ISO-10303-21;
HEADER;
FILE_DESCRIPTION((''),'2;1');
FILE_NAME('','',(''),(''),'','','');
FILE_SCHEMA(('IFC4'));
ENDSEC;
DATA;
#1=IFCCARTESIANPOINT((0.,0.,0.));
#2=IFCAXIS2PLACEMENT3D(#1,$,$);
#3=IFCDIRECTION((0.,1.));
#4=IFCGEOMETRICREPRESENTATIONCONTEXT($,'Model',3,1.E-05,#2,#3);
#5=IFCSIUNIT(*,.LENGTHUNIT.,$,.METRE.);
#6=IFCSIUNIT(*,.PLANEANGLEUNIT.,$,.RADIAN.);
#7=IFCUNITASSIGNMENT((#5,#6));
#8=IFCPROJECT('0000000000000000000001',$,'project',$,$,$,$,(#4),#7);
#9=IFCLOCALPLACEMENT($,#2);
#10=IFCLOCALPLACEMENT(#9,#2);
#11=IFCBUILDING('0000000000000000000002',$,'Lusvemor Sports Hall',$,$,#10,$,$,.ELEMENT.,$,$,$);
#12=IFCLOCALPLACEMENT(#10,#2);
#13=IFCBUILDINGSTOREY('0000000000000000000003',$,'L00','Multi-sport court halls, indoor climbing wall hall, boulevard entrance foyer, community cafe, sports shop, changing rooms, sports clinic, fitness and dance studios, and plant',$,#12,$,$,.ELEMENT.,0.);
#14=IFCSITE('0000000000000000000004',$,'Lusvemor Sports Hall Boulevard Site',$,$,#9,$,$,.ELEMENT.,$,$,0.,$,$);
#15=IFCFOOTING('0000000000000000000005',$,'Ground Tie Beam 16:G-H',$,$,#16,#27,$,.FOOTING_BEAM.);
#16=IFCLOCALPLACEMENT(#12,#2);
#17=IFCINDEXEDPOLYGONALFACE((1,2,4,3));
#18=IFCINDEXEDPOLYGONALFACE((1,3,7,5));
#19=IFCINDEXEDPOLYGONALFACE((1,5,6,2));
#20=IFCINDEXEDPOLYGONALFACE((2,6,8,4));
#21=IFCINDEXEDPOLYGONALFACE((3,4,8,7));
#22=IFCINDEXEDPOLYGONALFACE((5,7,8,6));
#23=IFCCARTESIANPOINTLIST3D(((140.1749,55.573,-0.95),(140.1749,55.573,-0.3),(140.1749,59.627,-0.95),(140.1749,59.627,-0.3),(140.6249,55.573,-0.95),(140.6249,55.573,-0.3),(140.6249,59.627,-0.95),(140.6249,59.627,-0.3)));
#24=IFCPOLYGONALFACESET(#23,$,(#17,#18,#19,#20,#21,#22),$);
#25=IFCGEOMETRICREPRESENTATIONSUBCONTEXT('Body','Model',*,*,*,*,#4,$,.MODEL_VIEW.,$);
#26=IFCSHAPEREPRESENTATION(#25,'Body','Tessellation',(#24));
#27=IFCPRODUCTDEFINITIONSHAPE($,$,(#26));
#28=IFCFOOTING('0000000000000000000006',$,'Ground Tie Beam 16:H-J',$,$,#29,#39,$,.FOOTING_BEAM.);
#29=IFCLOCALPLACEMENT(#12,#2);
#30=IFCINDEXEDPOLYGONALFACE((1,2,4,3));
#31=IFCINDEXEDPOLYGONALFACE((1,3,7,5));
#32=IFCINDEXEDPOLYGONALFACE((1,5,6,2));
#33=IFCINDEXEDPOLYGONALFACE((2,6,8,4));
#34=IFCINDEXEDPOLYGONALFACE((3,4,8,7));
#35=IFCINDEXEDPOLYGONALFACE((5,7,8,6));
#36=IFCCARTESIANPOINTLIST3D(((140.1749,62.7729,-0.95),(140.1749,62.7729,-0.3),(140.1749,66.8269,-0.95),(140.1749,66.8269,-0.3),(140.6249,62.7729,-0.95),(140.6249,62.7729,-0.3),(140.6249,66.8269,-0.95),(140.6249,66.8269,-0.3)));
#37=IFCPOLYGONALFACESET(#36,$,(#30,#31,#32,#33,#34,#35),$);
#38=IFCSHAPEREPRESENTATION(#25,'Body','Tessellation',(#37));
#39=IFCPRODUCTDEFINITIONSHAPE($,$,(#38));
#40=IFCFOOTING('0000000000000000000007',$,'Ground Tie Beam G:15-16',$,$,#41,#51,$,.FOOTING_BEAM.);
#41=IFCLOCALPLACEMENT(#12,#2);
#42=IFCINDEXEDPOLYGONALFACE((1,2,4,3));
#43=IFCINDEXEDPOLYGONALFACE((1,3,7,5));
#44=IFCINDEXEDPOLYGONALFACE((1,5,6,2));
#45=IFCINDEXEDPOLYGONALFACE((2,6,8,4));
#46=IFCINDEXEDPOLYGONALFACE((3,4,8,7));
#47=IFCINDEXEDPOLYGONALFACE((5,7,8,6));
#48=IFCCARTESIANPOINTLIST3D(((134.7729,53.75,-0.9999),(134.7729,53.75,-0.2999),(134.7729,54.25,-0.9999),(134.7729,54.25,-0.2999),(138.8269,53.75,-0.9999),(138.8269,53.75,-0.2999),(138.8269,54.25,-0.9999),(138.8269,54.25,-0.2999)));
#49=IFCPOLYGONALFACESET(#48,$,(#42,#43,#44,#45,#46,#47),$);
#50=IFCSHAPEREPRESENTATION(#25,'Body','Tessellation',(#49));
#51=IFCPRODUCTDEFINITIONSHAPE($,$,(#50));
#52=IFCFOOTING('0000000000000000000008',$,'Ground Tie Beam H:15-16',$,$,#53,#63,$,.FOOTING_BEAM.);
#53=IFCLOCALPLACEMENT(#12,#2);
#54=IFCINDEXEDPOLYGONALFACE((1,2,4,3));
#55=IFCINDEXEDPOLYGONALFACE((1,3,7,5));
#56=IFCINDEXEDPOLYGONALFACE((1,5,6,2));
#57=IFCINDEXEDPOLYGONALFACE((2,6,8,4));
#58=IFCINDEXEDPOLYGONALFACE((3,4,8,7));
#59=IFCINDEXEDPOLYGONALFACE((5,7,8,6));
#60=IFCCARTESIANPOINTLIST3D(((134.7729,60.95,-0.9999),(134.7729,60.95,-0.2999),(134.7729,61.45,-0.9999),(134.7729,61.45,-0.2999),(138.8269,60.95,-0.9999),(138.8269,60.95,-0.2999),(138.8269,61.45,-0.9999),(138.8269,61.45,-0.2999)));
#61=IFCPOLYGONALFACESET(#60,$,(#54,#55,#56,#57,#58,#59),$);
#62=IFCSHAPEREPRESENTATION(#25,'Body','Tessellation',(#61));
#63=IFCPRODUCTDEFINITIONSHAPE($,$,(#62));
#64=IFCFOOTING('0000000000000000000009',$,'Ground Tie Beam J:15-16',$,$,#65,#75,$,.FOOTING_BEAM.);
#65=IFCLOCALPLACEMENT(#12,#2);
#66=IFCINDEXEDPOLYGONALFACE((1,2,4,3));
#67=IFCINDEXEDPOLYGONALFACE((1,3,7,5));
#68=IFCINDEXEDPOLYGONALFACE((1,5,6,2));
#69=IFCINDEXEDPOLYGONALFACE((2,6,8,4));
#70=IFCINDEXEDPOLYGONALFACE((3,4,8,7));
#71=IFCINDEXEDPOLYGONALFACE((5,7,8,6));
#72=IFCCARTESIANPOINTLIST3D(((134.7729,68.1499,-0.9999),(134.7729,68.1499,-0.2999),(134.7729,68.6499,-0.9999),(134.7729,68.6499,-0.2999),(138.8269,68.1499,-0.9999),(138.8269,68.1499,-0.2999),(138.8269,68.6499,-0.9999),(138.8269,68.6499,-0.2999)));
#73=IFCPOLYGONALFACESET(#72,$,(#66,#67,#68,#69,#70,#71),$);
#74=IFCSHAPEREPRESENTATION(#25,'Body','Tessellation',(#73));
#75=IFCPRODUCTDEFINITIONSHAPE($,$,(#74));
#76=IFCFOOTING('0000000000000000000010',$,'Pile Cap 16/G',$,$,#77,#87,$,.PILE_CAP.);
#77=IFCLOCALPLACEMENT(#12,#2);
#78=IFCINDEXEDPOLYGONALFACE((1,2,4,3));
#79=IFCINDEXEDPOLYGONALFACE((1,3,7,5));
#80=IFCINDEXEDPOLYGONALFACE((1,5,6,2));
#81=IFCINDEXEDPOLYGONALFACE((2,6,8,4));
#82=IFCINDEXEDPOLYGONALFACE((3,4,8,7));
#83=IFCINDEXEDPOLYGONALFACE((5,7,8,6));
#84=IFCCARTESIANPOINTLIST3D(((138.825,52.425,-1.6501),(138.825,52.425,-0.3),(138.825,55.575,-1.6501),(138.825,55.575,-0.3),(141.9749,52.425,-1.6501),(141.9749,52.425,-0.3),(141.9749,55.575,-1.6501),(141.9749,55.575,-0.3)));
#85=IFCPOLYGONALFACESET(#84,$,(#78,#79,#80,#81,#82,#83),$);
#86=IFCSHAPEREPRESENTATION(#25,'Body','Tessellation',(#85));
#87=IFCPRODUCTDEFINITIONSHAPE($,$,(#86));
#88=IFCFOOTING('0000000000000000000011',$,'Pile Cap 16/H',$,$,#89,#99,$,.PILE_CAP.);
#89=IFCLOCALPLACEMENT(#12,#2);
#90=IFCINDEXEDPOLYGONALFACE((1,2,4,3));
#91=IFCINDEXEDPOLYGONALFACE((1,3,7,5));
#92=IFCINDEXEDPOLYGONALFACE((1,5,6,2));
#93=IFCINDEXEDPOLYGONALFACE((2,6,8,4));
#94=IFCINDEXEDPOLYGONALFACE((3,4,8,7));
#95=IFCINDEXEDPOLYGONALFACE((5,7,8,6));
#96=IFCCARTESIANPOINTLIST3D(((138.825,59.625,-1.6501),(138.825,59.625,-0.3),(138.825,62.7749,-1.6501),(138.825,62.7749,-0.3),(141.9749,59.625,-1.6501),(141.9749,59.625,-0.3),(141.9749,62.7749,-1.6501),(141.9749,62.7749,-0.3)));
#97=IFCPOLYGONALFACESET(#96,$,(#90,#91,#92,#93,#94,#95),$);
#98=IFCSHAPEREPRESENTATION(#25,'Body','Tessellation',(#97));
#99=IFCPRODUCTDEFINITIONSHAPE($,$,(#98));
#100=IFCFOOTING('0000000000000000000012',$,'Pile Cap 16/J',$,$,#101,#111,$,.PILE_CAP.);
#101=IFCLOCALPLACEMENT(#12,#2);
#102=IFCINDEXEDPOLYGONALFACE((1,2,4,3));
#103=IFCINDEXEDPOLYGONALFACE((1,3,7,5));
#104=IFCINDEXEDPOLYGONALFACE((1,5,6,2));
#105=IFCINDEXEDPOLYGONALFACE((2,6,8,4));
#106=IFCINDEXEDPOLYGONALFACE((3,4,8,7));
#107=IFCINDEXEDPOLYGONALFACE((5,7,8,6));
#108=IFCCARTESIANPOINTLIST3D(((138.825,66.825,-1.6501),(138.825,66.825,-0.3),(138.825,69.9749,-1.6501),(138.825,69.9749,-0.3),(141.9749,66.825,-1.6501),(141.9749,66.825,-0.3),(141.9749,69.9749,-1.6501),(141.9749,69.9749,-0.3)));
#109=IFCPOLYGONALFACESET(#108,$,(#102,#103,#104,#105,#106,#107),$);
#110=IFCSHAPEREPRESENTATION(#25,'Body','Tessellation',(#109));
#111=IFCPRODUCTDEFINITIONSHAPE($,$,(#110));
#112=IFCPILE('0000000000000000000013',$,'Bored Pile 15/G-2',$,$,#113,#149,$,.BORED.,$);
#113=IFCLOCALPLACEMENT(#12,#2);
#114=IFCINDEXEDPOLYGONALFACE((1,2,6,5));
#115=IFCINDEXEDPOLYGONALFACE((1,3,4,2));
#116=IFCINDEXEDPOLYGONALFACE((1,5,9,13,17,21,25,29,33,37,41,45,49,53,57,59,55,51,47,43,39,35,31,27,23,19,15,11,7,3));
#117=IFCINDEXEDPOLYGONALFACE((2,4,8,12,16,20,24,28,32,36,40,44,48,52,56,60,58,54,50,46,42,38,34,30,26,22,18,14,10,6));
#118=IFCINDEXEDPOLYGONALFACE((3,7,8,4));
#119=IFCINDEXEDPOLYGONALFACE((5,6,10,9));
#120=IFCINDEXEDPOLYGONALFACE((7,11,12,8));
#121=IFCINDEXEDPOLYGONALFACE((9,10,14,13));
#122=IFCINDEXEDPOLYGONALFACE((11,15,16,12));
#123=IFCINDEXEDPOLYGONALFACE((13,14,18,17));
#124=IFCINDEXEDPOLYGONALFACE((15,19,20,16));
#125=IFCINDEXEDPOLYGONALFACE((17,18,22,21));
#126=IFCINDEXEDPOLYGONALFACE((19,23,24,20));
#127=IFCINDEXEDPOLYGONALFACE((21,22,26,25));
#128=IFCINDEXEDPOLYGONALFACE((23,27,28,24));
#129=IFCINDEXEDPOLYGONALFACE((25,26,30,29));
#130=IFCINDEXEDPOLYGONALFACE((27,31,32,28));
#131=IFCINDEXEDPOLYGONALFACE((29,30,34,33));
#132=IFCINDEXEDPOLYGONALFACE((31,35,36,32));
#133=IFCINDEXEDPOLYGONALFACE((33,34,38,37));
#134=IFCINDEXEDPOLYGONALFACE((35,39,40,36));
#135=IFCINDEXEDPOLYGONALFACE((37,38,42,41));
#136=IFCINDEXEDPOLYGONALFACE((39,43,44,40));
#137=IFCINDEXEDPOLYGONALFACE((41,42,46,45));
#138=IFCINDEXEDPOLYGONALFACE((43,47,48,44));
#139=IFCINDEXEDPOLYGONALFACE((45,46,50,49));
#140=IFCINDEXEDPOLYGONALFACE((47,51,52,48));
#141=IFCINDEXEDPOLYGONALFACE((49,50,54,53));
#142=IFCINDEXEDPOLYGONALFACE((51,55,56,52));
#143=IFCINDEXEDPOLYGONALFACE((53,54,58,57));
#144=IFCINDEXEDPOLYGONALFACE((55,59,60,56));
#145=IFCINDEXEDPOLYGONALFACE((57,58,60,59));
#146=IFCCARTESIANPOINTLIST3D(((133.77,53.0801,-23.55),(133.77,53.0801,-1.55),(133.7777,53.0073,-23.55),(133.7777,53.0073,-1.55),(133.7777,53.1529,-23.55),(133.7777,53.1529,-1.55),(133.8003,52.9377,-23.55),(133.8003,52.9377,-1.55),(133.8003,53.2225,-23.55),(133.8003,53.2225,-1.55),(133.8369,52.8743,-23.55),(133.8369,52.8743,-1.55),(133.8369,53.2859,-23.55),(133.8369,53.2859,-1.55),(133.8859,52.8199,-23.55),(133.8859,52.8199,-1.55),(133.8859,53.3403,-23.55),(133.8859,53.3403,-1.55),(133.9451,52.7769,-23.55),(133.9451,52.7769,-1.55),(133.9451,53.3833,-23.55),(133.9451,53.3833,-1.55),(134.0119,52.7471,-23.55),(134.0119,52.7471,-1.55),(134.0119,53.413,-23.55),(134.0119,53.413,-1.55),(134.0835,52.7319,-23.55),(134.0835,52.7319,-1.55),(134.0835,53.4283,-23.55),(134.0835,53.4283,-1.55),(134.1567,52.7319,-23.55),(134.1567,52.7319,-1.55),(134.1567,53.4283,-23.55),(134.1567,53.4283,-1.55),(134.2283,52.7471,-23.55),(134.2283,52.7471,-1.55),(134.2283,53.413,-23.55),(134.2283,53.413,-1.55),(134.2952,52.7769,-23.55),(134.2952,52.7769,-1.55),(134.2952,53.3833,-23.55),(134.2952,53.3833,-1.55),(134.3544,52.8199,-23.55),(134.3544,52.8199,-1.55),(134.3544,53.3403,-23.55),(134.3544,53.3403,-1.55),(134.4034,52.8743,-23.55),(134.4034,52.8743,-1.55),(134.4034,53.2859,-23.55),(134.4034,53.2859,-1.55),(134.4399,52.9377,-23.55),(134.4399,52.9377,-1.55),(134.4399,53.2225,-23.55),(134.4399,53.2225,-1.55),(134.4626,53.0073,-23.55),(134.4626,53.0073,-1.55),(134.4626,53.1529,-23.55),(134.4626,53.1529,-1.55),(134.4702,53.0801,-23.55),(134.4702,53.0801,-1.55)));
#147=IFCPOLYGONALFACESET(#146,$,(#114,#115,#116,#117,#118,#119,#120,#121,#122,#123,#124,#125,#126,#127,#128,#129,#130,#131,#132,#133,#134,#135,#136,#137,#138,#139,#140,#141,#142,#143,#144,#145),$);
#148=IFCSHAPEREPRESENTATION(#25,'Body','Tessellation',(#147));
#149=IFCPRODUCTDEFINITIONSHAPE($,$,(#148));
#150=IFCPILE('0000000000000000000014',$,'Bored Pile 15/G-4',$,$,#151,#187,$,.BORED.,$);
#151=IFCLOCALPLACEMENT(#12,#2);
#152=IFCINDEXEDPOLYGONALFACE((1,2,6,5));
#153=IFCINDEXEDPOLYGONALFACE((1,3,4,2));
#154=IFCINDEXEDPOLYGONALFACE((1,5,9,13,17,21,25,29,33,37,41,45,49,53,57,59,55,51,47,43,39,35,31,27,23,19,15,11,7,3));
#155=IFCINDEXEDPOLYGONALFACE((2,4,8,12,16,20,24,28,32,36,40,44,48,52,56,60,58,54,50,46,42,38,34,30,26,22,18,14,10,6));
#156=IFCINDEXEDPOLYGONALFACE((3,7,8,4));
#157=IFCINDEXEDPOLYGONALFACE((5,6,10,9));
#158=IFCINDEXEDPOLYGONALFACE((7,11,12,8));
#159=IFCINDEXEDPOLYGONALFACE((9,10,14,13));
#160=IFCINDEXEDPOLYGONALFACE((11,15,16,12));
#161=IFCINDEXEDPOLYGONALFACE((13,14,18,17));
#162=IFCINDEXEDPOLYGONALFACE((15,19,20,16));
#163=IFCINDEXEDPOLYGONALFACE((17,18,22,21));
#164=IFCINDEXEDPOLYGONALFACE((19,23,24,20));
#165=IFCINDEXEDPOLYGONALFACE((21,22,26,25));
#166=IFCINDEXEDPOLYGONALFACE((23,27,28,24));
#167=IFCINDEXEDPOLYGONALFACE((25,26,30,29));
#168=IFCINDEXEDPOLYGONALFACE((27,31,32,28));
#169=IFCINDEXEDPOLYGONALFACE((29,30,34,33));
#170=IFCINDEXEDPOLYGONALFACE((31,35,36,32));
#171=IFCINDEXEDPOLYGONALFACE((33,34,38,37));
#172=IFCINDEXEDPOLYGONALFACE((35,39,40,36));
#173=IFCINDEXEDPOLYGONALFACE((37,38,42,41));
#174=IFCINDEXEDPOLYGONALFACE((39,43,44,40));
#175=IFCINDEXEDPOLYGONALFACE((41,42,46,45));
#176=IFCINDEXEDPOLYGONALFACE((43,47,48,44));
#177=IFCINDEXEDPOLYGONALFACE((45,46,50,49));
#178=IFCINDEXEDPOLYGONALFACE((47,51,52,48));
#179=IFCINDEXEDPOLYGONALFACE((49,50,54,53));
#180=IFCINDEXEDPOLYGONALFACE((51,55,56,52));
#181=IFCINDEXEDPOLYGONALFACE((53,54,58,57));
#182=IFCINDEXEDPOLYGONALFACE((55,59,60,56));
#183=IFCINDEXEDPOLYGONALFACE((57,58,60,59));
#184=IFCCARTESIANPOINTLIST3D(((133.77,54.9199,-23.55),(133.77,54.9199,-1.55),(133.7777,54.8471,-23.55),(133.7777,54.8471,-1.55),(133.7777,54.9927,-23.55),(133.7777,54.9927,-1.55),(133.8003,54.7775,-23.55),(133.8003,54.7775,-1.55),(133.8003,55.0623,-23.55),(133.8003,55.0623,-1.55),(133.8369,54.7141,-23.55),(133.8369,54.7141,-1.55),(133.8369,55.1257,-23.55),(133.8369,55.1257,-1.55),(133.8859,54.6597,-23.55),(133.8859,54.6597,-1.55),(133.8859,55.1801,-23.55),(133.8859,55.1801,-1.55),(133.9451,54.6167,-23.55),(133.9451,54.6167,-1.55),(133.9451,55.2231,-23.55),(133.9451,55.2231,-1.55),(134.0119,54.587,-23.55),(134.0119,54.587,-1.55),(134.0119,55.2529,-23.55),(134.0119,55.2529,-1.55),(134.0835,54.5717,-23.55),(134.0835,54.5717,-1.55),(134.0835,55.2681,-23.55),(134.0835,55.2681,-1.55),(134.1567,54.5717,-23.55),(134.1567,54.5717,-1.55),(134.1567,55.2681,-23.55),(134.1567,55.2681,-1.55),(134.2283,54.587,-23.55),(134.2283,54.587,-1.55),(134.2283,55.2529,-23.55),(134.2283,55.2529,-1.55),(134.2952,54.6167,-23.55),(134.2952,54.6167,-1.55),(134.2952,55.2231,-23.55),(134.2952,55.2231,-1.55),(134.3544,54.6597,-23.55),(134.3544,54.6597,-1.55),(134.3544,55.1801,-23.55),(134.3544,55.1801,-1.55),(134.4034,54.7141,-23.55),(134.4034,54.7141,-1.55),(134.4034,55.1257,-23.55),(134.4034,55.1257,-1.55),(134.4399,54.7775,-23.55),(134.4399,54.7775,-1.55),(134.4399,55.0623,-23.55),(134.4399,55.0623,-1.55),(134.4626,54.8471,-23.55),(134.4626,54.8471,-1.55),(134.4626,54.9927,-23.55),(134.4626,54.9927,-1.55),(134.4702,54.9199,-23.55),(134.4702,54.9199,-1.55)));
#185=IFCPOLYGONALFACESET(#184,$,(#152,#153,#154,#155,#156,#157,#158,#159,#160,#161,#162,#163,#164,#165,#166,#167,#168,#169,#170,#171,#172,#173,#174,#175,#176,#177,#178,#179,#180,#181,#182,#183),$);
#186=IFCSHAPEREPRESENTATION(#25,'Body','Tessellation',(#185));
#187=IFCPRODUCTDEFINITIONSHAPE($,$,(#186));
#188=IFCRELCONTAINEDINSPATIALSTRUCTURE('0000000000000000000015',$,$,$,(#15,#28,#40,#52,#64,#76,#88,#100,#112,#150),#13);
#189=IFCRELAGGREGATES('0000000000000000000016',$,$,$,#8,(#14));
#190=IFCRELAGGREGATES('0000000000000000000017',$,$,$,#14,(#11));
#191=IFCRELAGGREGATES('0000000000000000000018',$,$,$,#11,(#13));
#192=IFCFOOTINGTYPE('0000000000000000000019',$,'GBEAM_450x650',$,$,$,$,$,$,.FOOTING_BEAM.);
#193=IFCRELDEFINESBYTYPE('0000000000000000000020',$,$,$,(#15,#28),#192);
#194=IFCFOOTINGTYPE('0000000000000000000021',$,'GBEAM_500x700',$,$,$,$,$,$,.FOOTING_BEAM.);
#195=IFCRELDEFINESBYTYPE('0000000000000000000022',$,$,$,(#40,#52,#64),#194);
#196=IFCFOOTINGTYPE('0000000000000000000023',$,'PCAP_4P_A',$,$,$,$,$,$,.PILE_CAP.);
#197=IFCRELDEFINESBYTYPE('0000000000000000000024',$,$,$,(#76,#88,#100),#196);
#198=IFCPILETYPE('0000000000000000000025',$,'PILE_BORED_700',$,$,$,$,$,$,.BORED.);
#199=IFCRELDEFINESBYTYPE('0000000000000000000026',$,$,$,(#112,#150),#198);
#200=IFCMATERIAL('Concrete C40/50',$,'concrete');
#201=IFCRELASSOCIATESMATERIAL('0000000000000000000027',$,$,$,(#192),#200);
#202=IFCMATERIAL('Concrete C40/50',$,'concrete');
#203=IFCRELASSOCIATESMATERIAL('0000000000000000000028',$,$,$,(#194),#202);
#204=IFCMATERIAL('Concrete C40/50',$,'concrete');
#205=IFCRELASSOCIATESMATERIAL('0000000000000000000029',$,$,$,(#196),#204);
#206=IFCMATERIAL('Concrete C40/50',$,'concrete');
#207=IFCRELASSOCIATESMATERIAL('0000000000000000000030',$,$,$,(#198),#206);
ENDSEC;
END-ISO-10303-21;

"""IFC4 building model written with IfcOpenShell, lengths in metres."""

from ifc_helpers import new_model, si_unit, direction, frame, origin, origin_2d, place, context, subcontext, project, spatial, rectangle, circle, extrude, material, material_profile, profile_set, type_object, element, save


model = new_model("IFC4")

# Units and contexts
model_context = context("Model", 3, precision=1e-05, world=origin(), true_north=direction((0.0, 1.0)))
body_context = subcontext(model_context, "Body", "Model", "MODEL_VIEW")
ifc_project = project(units=[si_unit("LENGTHUNIT", "METRE"), si_unit("PLANEANGLEUNIT", "RADIAN")], contexts=[model_context])

# Site, building, storey
site_placement = place(None, origin())
site = spatial("IfcSite", under=ifc_project, at=site_placement, Name="Lusvemor Sports Hall Boulevard Site", CompositionType="ELEMENT", RefElevation=0.0)
building_placement = place(site_placement, origin())
building = spatial("IfcBuilding", under=site, at=building_placement, Name="Lusvemor Sports Hall", CompositionType="ELEMENT")
storey_placement = place(building_placement, origin())
storey = spatial("IfcBuildingStorey", under=building, at=storey_placement, Name="L00", Description="Multi-sport court halls, indoor climbing wall hall, boulevard entrance foyer, community cafe, sports shop, changing rooms, sports clinic, fitness and dance studios, and plant", CompositionType="ELEMENT", Elevation=0.0)

# Footings
ifc_material_1 = material(Name="Concrete C40/50", Category="concrete")
ifc_material_profile_1 = material_profile(ifc_material_1, rectangle(XDim=0.45, YDim=0.6499, at=origin_2d()), Name="GB_450x650")
ifc_profile_set_1 = profile_set([ifc_material_profile_1], Name="Concrete C40/50")
footing_type_1 = type_object("IfcFootingType", Name="GBEAM_450x650", PredefinedType="FOOTING_BEAM", material=ifc_profile_set_1)
for number, where, z_axis, x_axis, name in (
    (1, (140.3999, 55.573, -0.625), (0.0, 1.0, 0.0), (-1.0, 0.0, 0.0), "Ground Tie Beam 16:G-H"),
    (2, (140.3999, 62.7729, -0.625), (0.0, 1.0, 0.0), (-1.0, 0.0, 0.0), "Ground Tie Beam 16:H-J"),
):
    element("IfcFooting", number, at=place(storey_placement, frame(where, z_axis=z_axis, x_axis=x_axis)), inside=storey, type_object=footing_type_1, Name=name, PredefinedType="FOOTING_BEAM", context=body_context, shape_type="SweptSolid", body=[
        extrude(rectangle(XDim=0.45, YDim=0.6499, at=origin_2d()), origin(), (0.0, 0.0, 1.0), 4.054),
    ])
ifc_material_2 = material(Name="Concrete C40/50", Category="concrete")
ifc_material_profile_2 = material_profile(ifc_material_2, rectangle(XDim=0.5, YDim=0.7, at=origin_2d()), Name="GB_500x700")
ifc_profile_set_2 = profile_set([ifc_material_profile_2], Name="Concrete C40/50")
footing_type_2 = type_object("IfcFootingType", Name="GBEAM_500x700", PredefinedType="FOOTING_BEAM", material=ifc_profile_set_2)
for number, where, z_axis, x_axis, name in (
    (3, (134.7729, 54.0, -0.6499), (1.0, 0.0, 0.0), (0.0, 1.0, 0.0), "Ground Tie Beam G:15-16"),
    (4, (134.7729, 61.2, -0.6499), (1.0, 0.0, 0.0), (0.0, 1.0, 0.0), "Ground Tie Beam H:15-16"),
    (5, (134.7729, 68.3999, -0.6499), (1.0, 0.0, 0.0), (0.0, 1.0, 0.0), "Ground Tie Beam J:15-16"),
):
    element("IfcFooting", number, at=place(storey_placement, frame(where, z_axis=z_axis, x_axis=x_axis)), inside=storey, type_object=footing_type_2, Name=name, PredefinedType="FOOTING_BEAM", context=body_context, shape_type="SweptSolid", body=[
        extrude(rectangle(XDim=0.5, YDim=0.7, at=origin_2d()), origin(), (0.0, 0.0, 1.0), 4.054),
    ])
ifc_material_3 = material(Name="Concrete C40/50", Category="concrete")
footing_type_3 = type_object("IfcFootingType", Name="PCAP_4P_A", PredefinedType="PILE_CAP", material=ifc_material_3)
for number, where, z_axis, x_axis, name in (
    (6, (140.3999, 54.0, -1.6501), (0.0, 0.0, 1.0), (1.0, 0.0, 0.0), "Pile Cap 16/G"),
    (7, (140.3999, 61.2, -1.6501), (0.0, 0.0, 1.0), (1.0, 0.0, 0.0), "Pile Cap 16/H"),
    (8, (140.3999, 68.3999, -1.6501), (0.0, 0.0, 1.0), (1.0, 0.0, 0.0), "Pile Cap 16/J"),
):
    element("IfcFooting", number, at=place(storey_placement, frame(where, z_axis=z_axis, x_axis=x_axis)), inside=storey, type_object=footing_type_3, Name=name, PredefinedType="PILE_CAP", context=body_context, shape_type="SweptSolid", body=[
        extrude(rectangle(XDim=3.1499, YDim=3.1499, at=origin_2d()), origin(), (0.0, 0.0, 1.0), 1.3501),
    ])

# Piles
ifc_material_4 = material(Name="Concrete C40/50", Category="concrete")
ifc_material_profile_3 = material_profile(ifc_material_4, circle(Radius=0.3501, at=origin_2d()), Name="PILE700")
ifc_profile_set_3 = profile_set([ifc_material_profile_3], Name="Concrete C40/50")
pile_type = type_object("IfcPileType", Name="PILE_BORED_700", PredefinedType="BORED", material=ifc_profile_set_3)
for number, where, z_axis, x_axis, name in (
    (9, (134.1201, 53.0801, -1.55), (0.0, 0.0, -1.0), (1.0, 0.0, 0.0), "Bored Pile 15/G-2"),
    (10, (134.1201, 54.9199, -1.55), (0.0, 0.0, -1.0), (1.0, 0.0, 0.0), "Bored Pile 15/G-4"),
):
    element("IfcPile", number, at=place(storey_placement, frame(where, z_axis=z_axis, x_axis=x_axis)), inside=storey, type_object=pile_type, Name=name, PredefinedType="BORED", context=body_context, shape_type="SweptSolid", body=[
        extrude(circle(Radius=0.3501, at=origin_2d()), origin(), (0.0, 0.0, 1.0), 22.0),
    ])

save(model, "model.ifc")
